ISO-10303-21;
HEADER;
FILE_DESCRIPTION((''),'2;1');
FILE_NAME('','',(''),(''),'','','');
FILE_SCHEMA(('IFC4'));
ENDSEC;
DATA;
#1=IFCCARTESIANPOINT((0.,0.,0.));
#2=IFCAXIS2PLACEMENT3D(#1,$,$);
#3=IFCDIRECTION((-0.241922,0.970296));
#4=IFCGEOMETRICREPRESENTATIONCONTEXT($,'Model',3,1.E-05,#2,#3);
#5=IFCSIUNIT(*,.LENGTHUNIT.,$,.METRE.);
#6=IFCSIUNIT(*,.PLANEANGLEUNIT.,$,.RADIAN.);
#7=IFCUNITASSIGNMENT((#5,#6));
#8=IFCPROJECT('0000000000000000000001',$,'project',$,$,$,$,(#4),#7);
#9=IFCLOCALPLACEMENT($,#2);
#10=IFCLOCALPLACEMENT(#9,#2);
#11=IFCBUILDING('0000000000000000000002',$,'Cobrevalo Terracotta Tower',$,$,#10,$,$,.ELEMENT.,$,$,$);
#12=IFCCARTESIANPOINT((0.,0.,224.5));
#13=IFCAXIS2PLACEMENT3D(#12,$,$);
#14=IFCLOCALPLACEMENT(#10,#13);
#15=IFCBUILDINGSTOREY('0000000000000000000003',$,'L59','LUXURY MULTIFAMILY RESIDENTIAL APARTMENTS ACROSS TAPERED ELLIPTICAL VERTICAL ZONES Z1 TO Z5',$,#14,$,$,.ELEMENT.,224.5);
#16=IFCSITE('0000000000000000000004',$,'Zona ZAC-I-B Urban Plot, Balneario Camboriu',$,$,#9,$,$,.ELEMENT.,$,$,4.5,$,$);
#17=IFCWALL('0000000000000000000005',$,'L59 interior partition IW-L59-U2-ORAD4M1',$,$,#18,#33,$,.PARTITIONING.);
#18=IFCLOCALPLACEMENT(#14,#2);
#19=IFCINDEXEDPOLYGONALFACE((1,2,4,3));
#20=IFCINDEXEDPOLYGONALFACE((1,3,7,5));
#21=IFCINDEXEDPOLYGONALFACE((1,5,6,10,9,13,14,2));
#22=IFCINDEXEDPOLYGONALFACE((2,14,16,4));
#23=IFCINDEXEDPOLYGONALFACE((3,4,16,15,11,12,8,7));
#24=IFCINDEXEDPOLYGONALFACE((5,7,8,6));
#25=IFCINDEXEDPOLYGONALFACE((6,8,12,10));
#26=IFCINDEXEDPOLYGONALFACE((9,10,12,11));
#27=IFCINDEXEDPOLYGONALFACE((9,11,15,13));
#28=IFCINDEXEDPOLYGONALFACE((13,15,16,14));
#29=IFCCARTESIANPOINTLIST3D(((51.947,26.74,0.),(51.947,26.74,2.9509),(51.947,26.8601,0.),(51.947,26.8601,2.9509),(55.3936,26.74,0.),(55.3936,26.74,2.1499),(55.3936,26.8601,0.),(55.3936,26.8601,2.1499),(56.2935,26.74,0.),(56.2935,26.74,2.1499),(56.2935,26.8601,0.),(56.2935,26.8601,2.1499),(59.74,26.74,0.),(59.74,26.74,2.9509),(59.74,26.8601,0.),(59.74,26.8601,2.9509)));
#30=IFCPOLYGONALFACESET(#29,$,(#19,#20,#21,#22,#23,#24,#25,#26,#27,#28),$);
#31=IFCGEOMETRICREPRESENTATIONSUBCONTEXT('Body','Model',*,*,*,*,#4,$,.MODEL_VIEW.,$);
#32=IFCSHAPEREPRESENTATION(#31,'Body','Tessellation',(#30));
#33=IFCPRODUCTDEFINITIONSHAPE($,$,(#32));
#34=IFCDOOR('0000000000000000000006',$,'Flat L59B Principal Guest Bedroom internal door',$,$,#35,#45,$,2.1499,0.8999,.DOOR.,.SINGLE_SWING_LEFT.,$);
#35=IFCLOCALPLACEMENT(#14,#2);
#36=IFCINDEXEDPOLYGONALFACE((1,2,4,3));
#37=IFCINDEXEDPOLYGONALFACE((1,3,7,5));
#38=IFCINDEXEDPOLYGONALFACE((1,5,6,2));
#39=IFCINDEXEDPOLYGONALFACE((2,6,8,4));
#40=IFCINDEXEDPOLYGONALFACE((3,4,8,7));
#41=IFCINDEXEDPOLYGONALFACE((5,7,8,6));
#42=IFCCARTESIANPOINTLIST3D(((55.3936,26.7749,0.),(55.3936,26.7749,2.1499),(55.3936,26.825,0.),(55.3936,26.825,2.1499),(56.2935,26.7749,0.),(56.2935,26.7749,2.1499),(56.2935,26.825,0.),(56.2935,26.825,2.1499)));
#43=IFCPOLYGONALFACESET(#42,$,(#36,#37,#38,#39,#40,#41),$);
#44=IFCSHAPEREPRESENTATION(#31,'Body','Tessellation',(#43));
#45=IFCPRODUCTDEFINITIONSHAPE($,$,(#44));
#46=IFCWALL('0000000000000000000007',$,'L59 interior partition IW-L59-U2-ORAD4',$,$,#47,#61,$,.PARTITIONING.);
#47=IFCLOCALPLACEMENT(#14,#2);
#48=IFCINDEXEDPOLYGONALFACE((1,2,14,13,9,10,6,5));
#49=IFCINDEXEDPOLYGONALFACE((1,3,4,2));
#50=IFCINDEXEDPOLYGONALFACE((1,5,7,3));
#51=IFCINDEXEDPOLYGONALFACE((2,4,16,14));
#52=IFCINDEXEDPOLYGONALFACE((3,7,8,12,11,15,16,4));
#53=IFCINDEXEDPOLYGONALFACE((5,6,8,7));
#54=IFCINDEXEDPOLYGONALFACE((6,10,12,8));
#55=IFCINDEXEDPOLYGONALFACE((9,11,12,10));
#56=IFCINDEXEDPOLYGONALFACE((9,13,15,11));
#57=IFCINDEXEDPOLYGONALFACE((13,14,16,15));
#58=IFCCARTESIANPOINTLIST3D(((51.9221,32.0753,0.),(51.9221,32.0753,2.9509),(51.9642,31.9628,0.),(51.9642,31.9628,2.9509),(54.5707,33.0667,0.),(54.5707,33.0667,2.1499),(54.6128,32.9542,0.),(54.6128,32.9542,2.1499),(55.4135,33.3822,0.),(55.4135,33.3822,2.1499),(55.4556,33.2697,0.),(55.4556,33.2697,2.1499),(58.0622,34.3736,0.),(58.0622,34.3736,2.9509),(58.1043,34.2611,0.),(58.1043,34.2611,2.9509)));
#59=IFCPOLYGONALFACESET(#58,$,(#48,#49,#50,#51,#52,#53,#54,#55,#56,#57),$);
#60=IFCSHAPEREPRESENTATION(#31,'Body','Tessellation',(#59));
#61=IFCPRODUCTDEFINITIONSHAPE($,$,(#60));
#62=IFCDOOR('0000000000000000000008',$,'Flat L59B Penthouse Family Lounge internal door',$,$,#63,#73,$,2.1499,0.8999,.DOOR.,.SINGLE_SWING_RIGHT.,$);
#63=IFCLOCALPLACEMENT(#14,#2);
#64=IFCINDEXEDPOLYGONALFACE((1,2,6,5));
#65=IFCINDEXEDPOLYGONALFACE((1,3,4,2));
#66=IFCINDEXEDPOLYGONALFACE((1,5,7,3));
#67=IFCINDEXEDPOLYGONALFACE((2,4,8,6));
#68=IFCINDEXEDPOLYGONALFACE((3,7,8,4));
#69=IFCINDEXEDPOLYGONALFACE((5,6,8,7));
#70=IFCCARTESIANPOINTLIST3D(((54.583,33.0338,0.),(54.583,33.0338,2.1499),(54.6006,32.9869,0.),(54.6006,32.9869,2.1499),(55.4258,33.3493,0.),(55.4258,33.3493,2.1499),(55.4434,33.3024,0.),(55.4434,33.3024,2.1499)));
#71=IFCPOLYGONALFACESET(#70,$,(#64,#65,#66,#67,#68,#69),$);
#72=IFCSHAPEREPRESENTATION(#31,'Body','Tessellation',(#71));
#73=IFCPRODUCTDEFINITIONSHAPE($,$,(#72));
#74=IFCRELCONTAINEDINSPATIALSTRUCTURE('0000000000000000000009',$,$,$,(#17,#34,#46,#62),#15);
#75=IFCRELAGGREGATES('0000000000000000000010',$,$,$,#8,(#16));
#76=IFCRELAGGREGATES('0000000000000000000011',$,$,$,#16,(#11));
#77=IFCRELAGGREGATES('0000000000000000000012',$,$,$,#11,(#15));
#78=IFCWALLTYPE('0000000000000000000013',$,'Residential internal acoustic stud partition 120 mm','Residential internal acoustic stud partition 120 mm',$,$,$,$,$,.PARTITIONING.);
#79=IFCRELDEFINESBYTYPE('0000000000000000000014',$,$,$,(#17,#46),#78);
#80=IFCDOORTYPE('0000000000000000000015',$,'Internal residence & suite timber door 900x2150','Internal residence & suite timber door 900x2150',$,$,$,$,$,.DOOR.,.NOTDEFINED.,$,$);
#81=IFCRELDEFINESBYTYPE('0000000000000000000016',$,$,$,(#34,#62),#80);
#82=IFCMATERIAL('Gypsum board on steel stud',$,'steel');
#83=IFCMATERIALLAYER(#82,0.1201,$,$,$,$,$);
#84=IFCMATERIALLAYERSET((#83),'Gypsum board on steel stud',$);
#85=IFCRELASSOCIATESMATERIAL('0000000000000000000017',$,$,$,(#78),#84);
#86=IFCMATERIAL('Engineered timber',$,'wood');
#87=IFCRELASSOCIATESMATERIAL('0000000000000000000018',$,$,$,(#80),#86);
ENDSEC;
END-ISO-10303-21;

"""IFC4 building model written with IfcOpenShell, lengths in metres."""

from ifc_helpers import new_model, si_unit, direction, frame, frame_2d, origin, place, context, subcontext, project, spatial, rectangle, extrude, source, transform, mapped, material, layer, layer_set, type_object, element, fill, save


model = new_model("IFC4")

# Units and contexts
model_context = context("Model", 3, precision=1e-05, world=origin(), true_north=direction((-0.241922, 0.970296)))
body_context = subcontext(model_context, "Body", "Model", "MODEL_VIEW")
ifc_project = project(units=[si_unit("LENGTHUNIT", "METRE"), si_unit("PLANEANGLEUNIT", "RADIAN")], contexts=[model_context])

# Site, building, storey
site_placement = place(None, origin())
site = spatial("IfcSite", under=ifc_project, at=site_placement, Name="Zona ZAC-I-B Urban Plot, Balneario Camboriu", CompositionType="ELEMENT", RefElevation=4.5)
building_placement = place(site_placement, origin())
building = spatial("IfcBuilding", under=site, at=building_placement, Name="Cobrevalo Terracotta Tower", CompositionType="ELEMENT")
storey_placement = place(building_placement, frame((0.0, 0.0, 224.5)))
storey = spatial("IfcBuildingStorey", under=building, at=storey_placement, Name="L59", Description="LUXURY MULTIFAMILY RESIDENTIAL APARTMENTS ACROSS TAPERED ELLIPTICAL VERTICAL ZONES Z1 TO Z5", CompositionType="ELEMENT", Elevation=224.5)

# Walls, openings, doors
ifc_material_1 = material(Name="Gypsum board on steel stud", Category="steel")
ifc_layer_1 = layer(ifc_material_1, 0.1201)
ifc_layer_set_1 = layer_set([ifc_layer_1], Name="Gypsum board on steel stud")
wall_type = type_object("IfcWallType", Name="Residential internal acoustic stud partition 120 mm", Description="Residential internal acoustic stud partition 120 mm", PredefinedType="PARTITIONING", material=ifc_layer_set_1)
wall_1_placement = place(storey_placement, frame((51.947, 26.8, 0.0), z_axis=(0.0, 0.0, 1.0), x_axis=(1.0, 0.0, 0.0)))
wall_1 = element("IfcWall", 1, at=wall_1_placement, inside=storey, type_object=wall_type, Name="L59 interior partition IW-L59-U2-ORAD4M1", PredefinedType="PARTITIONING", context=body_context, shape_type="SweptSolid", body=[
    extrude(rectangle(XDim=7.793, YDim=0.1201, at=frame_2d((3.8965, 0.0))), origin(), (0.0, 0.0, 1.0), 2.9509),
])
opening_1_placement = place(wall_1_placement, frame((3.4465, 0.0, 0.0)))
opening_1 = element("IfcOpeningElement", 2, at=opening_1_placement, cuts=wall_1, PredefinedType="OPENING", context=body_context, shape_type="SweptSolid", body=[
    extrude(rectangle(XDim=0.8999, YDim=2.1499, at=frame_2d((0.45, 1.075))), frame((0.0, 0.0701, 0.0), z_axis=(0.0, -1.0, 0.0), x_axis=(1.0, 0.0, 0.0)), (0.0, 0.0, 1.0), 0.1401),
])
ifc_material_2 = material(Name="Engineered timber", Category="wood")
door_type = type_object("IfcDoorType", Name="Internal residence & suite timber door 900x2150", Description="Internal residence & suite timber door 900x2150", OperationType="NOTDEFINED", PredefinedType="DOOR", material=ifc_material_2)
shared_shape_1 = source(origin(), body_context, "Body", "SweptSolid", [
    extrude(rectangle(XDim=0.8999, YDim=2.1499, at=frame_2d((0.45, 1.075))), frame((0.0, 0.0249, 0.0), z_axis=(0.0, -1.0, 0.0), x_axis=(1.0, 0.0, 0.0)), (0.0, 0.0, 1.0), 0.05),
])
door_1_placement = place(opening_1_placement, origin())
door_1 = element("IfcDoor", 3, at=door_1_placement, inside=storey, type_object=door_type, Name="Flat L59B Principal Guest Bedroom internal door", OperationType="SINGLE_SWING_LEFT", OverallHeight=2.1499, OverallWidth=0.8999, PredefinedType="DOOR", context=body_context, shape_type="MappedRepresentation", body=[
    mapped(shared_shape_1, transform((0.0, 0.0, 0.0), scale=1.0)),
])
fill(opening_1, door_1)
wall_2_placement = place(storey_placement, frame((51.9431, 32.019, 0.0), z_axis=(0.0, 0.0, 1.0), x_axis=(0.93654, 0.35056, 0.0)))
wall_2 = element("IfcWall", 4, at=wall_2_placement, inside=storey, type_object=wall_type, Name="L59 interior partition IW-L59-U2-ORAD4", PredefinedType="PARTITIONING", context=body_context, shape_type="SweptSolid", body=[
    extrude(rectangle(XDim=6.5562, YDim=0.1201, at=frame_2d((3.2781, 0.0))), origin(), (0.0, 0.0, 1.0), 2.9509),
])
opening_2_placement = place(wall_2_placement, frame((2.8281, 0.0, 0.0)))
opening_2 = element("IfcOpeningElement", 5, at=opening_2_placement, cuts=wall_2, PredefinedType="OPENING", context=body_context, shape_type="SweptSolid", body=[
    extrude(rectangle(XDim=0.8999, YDim=2.1499, at=frame_2d((0.45, 1.075))), frame((0.0, 0.0701, 0.0), z_axis=(0.0, -1.0, 0.0), x_axis=(1.0, 0.0, 0.0)), (0.0, 0.0, 1.0), 0.1401),
])
door_2_placement = place(opening_2_placement, origin())
door_2 = element("IfcDoor", 6, at=door_2_placement, inside=storey, type_object=door_type, Name="Flat L59B Penthouse Family Lounge internal door", OperationType="SINGLE_SWING_RIGHT", OverallHeight=2.1499, OverallWidth=0.8999, PredefinedType="DOOR", context=body_context, shape_type="MappedRepresentation", body=[
    mapped(shared_shape_1, transform((0.0, 0.0, 0.0), scale=1.0)),
])
fill(opening_2, door_2)

save(model, "model.ifc")
